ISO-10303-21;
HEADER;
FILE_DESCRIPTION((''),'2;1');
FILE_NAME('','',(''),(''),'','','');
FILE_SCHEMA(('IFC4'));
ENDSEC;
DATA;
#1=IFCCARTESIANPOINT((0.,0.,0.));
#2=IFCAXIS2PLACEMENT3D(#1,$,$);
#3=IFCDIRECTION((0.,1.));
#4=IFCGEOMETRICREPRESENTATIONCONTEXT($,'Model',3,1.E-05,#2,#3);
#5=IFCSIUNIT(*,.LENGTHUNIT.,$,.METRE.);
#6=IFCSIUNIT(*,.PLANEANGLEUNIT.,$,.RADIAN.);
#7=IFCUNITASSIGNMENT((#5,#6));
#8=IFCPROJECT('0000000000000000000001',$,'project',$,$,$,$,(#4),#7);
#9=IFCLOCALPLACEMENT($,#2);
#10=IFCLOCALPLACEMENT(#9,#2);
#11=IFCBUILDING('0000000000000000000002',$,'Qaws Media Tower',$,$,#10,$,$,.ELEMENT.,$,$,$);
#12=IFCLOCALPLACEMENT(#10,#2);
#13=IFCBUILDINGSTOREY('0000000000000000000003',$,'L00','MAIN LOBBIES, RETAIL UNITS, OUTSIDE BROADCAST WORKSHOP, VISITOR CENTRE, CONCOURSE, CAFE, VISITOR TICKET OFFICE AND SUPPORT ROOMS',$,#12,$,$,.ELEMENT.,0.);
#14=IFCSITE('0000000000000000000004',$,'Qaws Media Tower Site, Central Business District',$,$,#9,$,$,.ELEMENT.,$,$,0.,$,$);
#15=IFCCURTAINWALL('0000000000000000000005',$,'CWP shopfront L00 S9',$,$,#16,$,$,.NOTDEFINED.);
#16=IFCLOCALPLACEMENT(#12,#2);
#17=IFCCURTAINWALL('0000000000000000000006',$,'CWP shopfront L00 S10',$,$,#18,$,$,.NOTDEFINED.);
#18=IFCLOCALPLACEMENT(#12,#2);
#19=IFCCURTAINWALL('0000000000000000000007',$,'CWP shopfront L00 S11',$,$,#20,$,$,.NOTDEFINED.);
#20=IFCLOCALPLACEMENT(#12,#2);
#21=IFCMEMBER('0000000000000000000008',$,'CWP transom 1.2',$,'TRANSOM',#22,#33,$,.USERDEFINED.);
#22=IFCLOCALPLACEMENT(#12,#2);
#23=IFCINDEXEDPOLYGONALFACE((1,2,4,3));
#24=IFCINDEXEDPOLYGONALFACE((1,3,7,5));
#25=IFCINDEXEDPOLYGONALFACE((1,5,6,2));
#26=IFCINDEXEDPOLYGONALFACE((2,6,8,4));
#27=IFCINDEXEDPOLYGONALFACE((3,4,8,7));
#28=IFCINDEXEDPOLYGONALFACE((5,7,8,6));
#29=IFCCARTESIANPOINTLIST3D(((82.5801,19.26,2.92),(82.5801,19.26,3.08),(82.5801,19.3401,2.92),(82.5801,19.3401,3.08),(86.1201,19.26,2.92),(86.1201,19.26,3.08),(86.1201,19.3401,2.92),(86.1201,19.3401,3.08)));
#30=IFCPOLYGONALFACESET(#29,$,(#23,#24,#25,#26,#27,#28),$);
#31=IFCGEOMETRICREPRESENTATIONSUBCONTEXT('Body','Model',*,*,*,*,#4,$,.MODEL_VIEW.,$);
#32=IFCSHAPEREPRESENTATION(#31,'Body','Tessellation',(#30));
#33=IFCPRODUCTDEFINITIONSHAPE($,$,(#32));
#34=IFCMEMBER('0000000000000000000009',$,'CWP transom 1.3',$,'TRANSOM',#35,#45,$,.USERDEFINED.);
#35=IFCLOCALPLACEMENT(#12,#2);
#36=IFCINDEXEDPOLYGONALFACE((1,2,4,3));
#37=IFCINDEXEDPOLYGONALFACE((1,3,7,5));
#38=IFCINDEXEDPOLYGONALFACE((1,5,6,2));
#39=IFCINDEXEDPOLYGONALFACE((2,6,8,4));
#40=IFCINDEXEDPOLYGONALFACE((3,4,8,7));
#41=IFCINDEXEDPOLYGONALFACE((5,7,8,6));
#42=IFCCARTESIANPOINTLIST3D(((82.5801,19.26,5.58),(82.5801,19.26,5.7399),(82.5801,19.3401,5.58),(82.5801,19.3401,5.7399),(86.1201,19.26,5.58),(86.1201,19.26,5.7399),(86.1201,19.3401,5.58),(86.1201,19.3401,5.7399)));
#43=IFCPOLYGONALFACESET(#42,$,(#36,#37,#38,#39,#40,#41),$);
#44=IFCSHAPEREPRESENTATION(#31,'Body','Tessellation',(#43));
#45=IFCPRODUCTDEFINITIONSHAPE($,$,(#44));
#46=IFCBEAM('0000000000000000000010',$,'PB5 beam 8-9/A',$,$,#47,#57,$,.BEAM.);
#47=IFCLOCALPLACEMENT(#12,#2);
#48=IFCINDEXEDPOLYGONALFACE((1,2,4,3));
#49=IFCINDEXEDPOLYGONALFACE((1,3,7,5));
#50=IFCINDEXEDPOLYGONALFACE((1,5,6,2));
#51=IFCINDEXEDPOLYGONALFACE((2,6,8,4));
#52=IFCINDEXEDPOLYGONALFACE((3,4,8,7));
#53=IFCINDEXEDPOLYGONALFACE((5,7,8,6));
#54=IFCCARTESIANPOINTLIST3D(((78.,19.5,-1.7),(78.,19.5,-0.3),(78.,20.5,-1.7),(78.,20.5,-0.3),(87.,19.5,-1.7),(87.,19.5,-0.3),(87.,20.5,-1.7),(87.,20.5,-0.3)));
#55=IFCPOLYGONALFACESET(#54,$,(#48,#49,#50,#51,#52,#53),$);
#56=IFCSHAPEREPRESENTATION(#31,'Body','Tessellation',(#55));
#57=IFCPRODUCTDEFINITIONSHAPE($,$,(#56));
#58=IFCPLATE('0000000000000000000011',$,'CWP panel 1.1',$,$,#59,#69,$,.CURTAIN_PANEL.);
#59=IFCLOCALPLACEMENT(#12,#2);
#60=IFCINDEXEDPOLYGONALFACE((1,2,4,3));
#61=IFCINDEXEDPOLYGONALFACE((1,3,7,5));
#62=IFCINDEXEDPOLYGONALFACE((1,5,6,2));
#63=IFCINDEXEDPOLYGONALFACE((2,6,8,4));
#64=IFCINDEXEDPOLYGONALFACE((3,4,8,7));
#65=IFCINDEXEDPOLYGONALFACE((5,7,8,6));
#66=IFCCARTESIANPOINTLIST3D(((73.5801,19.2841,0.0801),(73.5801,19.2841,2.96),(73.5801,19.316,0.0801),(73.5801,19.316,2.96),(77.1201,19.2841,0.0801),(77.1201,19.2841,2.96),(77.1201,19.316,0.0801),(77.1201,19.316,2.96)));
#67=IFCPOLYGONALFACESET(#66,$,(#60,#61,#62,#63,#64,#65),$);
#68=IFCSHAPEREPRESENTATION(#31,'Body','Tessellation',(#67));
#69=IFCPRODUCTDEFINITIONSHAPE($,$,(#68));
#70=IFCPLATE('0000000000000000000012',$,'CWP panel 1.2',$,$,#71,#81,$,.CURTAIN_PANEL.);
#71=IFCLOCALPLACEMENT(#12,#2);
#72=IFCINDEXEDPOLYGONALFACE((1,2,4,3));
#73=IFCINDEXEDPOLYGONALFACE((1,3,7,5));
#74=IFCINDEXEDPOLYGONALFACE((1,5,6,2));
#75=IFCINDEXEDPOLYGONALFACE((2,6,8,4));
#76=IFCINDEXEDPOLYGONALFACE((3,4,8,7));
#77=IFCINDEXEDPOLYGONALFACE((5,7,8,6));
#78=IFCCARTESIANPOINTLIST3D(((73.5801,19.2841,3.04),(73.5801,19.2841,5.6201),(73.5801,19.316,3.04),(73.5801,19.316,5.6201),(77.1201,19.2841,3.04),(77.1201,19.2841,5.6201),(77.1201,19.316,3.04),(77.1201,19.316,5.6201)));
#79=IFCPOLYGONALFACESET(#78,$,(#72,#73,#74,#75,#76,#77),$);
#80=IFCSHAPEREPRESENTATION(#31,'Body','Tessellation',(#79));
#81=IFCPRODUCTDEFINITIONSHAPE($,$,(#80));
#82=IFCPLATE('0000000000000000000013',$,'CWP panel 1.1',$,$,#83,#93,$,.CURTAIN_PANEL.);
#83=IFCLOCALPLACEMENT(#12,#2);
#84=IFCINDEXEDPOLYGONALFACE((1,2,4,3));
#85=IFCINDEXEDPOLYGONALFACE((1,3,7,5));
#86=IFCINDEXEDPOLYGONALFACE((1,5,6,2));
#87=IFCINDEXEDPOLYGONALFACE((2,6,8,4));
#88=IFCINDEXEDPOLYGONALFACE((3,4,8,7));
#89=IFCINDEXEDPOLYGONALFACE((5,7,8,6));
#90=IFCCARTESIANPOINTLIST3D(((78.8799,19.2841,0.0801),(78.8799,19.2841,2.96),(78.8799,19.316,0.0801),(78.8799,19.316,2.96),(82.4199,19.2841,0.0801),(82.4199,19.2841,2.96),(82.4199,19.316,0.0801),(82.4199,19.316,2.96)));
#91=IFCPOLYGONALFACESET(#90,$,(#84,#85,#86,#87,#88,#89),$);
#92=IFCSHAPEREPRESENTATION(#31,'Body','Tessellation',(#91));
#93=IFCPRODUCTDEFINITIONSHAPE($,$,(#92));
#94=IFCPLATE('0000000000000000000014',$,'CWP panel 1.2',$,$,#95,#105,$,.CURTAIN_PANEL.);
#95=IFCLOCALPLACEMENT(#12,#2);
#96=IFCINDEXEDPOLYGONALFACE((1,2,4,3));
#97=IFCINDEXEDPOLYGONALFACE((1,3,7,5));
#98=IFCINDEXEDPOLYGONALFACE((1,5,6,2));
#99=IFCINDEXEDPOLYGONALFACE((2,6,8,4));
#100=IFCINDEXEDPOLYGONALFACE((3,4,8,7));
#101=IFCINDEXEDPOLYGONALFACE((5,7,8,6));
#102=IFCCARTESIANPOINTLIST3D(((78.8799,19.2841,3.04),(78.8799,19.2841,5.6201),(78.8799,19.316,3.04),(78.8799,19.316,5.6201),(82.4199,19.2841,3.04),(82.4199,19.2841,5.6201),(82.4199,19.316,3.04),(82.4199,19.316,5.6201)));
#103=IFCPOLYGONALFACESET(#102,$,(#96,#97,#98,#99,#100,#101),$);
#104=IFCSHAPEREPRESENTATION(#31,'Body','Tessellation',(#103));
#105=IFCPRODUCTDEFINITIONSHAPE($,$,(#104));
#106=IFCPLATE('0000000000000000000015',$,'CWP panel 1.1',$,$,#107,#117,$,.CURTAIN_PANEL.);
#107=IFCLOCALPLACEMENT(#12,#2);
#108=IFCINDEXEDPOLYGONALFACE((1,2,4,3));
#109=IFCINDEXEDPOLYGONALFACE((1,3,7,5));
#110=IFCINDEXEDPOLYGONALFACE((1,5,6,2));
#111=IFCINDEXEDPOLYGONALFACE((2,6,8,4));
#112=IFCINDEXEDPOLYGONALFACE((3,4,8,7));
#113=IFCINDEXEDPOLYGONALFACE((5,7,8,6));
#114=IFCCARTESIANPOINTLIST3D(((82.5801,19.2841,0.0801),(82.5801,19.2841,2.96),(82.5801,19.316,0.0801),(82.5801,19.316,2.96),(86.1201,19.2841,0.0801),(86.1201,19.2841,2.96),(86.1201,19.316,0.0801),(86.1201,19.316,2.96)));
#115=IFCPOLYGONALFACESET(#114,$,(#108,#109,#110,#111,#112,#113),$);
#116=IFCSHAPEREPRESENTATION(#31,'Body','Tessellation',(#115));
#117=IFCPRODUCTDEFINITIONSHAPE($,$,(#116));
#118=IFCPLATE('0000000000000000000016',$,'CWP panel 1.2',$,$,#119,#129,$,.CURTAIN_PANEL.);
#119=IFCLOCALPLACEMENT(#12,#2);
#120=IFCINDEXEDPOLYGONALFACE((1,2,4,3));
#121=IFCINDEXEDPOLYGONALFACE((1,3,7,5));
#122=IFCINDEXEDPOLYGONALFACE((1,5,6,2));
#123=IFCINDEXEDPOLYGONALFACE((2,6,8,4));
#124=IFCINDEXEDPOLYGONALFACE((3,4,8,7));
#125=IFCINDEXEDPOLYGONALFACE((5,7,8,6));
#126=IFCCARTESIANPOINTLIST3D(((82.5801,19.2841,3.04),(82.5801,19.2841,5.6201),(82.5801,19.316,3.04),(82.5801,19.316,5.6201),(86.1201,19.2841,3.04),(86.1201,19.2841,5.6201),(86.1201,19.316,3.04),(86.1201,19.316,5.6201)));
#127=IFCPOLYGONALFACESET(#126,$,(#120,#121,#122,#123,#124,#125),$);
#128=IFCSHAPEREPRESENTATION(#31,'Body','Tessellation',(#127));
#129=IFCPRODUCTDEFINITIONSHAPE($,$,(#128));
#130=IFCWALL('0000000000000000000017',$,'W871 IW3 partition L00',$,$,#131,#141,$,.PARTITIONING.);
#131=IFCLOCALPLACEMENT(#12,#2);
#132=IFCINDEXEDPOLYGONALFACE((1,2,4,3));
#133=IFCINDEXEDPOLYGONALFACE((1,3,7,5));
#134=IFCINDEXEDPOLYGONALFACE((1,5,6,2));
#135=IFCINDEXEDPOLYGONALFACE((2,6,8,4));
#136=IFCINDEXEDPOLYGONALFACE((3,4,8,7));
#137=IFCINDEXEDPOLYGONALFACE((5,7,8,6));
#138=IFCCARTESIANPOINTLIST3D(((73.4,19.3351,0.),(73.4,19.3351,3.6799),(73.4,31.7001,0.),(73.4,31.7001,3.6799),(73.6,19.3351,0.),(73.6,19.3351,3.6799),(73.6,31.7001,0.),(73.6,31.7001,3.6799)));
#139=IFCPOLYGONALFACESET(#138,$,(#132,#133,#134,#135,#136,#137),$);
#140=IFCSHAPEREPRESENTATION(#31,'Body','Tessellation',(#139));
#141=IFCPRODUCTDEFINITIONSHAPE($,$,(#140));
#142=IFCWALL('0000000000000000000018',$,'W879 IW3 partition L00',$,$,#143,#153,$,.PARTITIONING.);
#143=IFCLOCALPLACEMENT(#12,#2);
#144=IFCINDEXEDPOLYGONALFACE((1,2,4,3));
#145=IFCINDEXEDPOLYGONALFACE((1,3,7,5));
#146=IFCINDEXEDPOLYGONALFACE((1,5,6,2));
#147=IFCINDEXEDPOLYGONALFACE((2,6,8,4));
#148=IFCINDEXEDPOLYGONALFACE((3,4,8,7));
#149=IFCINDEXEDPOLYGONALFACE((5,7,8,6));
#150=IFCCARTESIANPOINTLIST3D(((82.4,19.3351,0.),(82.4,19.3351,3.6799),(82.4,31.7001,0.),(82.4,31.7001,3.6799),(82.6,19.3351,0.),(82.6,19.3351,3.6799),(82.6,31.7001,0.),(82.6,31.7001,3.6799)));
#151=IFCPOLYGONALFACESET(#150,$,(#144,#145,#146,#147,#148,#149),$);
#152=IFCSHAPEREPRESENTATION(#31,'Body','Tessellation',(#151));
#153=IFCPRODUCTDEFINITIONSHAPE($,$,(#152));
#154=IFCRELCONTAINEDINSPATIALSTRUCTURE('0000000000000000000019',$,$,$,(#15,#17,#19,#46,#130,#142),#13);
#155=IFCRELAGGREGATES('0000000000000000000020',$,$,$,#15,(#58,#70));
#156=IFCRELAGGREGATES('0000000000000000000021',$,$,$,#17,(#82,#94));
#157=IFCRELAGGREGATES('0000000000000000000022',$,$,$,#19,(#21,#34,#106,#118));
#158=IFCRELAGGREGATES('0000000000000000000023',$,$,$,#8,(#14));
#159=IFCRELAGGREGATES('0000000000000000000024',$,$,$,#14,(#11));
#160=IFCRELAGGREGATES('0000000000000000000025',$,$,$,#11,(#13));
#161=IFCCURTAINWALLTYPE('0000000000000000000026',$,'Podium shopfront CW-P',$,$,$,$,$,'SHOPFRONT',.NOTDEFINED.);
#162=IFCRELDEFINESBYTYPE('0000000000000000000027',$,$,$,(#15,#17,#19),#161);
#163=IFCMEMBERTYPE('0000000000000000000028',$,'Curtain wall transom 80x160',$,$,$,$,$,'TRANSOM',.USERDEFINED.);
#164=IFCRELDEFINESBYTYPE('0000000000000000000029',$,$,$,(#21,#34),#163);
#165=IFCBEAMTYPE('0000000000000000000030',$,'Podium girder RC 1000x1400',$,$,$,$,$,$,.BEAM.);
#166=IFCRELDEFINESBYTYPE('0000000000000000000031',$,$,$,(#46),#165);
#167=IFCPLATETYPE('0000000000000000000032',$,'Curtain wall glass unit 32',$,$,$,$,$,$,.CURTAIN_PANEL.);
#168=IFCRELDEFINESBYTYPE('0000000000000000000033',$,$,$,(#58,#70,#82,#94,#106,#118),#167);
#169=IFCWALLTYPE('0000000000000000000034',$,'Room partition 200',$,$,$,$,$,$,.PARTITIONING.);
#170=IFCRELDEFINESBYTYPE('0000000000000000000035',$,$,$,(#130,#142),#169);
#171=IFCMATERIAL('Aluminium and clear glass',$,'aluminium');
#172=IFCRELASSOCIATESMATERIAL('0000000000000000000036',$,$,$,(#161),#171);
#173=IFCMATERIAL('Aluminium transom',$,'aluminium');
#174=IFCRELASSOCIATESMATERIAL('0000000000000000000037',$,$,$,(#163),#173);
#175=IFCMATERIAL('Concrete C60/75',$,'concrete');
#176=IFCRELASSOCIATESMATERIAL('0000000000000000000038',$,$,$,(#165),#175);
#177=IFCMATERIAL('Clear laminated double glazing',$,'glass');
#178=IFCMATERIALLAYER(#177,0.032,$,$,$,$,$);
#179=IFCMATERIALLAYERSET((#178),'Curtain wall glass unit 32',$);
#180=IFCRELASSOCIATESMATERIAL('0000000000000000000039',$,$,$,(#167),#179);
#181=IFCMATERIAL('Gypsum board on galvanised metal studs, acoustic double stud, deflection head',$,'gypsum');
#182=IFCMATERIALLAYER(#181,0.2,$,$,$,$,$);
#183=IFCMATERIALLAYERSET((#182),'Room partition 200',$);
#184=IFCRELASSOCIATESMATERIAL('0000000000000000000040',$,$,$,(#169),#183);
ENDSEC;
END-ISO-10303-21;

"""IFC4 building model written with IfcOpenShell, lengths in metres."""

from ifc_helpers import new_model, si_unit, direction, frame, frame_2d, origin, origin_2d, place, context, subcontext, project, spatial, rectangle, extrude, material, layer, layer_set, material_profile, profile_set, type_object, element, aggregate, save


model = new_model("IFC4")

# Units and contexts
model_context = context("Model", 3, precision=1e-05, world=origin(), true_north=direction((0.0, 1.0)))
body_context = subcontext(model_context, "Body", "Model", "MODEL_VIEW")
ifc_project = project(units=[si_unit("LENGTHUNIT", "METRE"), si_unit("PLANEANGLEUNIT", "RADIAN")], contexts=[model_context])

# Site, building, storey
site_placement = place(None, origin())
site = spatial("IfcSite", under=ifc_project, at=site_placement, Name="Qaws Media Tower Site, Central Business District", CompositionType="ELEMENT", RefElevation=0.0)
building_placement = place(site_placement, origin())
building = spatial("IfcBuilding", under=site, at=building_placement, Name="Qaws Media Tower", CompositionType="ELEMENT")
storey_placement = place(building_placement, origin())
storey = spatial("IfcBuildingStorey", under=building, at=storey_placement, Name="L00", Description="MAIN LOBBIES, RETAIL UNITS, OUTSIDE BROADCAST WORKSHOP, VISITOR CENTRE, CONCOURSE, CAFE, VISITOR TICKET OFFICE AND SUPPORT ROOMS", CompositionType="ELEMENT", Elevation=0.0)

# Curtain walls
ifc_material_1 = material(Name="Aluminium and clear glass", Category="aluminium")
curtain_wall_type = type_object("IfcCurtainWallType", Name="Podium shopfront CW-P", ElementType="SHOPFRONT", PredefinedType="NOTDEFINED", material=ifc_material_1)
curtain_wall_1_placement = place(storey_placement, origin())
curtain_wall_1 = element("IfcCurtainWall", 1, at=curtain_wall_1_placement, inside=storey, type_object=curtain_wall_type, Name="CWP shopfront L00 S9", PredefinedType="NOTDEFINED")
curtain_wall_2_placement = place(storey_placement, origin())
curtain_wall_2 = element("IfcCurtainWall", 2, at=curtain_wall_2_placement, inside=storey, type_object=curtain_wall_type, Name="CWP shopfront L00 S10", PredefinedType="NOTDEFINED")
curtain_wall_3_placement = place(storey_placement, origin())
curtain_wall_3 = element("IfcCurtainWall", 3, at=curtain_wall_3_placement, inside=storey, type_object=curtain_wall_type, Name="CWP shopfront L00 S11", PredefinedType="NOTDEFINED")

# Members
ifc_material_2 = material(Name="Aluminium transom", Category="aluminium")
ifc_material_profile_1 = material_profile(ifc_material_2, rectangle(XDim=0.0801, YDim=0.1599, at=origin_2d()), Name="80x160")
ifc_profile_set_1 = profile_set([ifc_material_profile_1], Name="Aluminium transom")
member_type_1 = type_object("IfcMemberType", Name="Curtain wall transom 80x160", ElementType="TRANSOM", PredefinedType="USERDEFINED", material=ifc_profile_set_1)
member_1_placement = place(storey_placement, frame((82.5801, 19.3, 3.0), z_axis=(1.0, 0.0, 0.0), x_axis=(0.0, 1.0, 0.0)))
member_1 = element("IfcMember", 4, at=member_1_placement, type_object=member_type_1, Name="CWP transom 1.2", ObjectType="TRANSOM", PredefinedType="USERDEFINED", context=body_context, shape_type="SweptSolid", body=[
    extrude(rectangle(XDim=0.0801, YDim=0.1599, at=origin_2d()), origin(), (0.0, 0.0, 1.0), 3.54),
])
member_2_placement = place(storey_placement, frame((82.5801, 19.3, 5.6599), z_axis=(1.0, 0.0, 0.0), x_axis=(0.0, 1.0, 0.0)))
member_2 = element("IfcMember", 5, at=member_2_placement, type_object=member_type_1, Name="CWP transom 1.3", ObjectType="TRANSOM", PredefinedType="USERDEFINED", context=body_context, shape_type="SweptSolid", body=[
    extrude(rectangle(XDim=0.0801, YDim=0.1599, at=origin_2d()), origin(), (0.0, 0.0, 1.0), 3.54),
])

# Beam
ifc_material_3 = material(Name="Concrete C60/75", Category="concrete")
ifc_material_profile_2 = material_profile(ifc_material_3, rectangle(XDim=1.0, YDim=1.3999, at=origin_2d()), Name="RC 1000x1400")
ifc_profile_set_2 = profile_set([ifc_material_profile_2], Name="Concrete C60/75")
beam_type = type_object("IfcBeamType", Name="Podium girder RC 1000x1400", PredefinedType="BEAM", material=ifc_profile_set_2)
beam_placement = place(storey_placement, frame((78.0, 20.0, -1.0), z_axis=(1.0, 0.0, 0.0), x_axis=(0.0, 1.0, 0.0)))
element("IfcBeam", 6, at=beam_placement, inside=storey, type_object=beam_type, Name="PB5 beam 8-9/A", PredefinedType="BEAM", context=body_context, shape_type="SweptSolid", body=[
    extrude(rectangle(XDim=1.0, YDim=1.3999, at=origin_2d()), origin(), (0.0, 0.0, 1.0), 9.0),
])

# Plates
ifc_material_4 = material(Name="Clear laminated double glazing", Category="glass")
ifc_layer_1 = layer(ifc_material_4, 0.032)
ifc_layer_set_1 = layer_set([ifc_layer_1], Name="Curtain wall glass unit 32")
plate_type = type_object("IfcPlateType", Name="Curtain wall glass unit 32", PredefinedType="CURTAIN_PANEL", material=ifc_layer_set_1)
plate_1_placement = place(storey_placement, frame((75.3501, 19.3, 0.0801), z_axis=(0.0, 0.0, 1.0), x_axis=(1.0, 0.0, 0.0)))
plate_1 = element("IfcPlate", 7, at=plate_1_placement, type_object=plate_type, Name="CWP panel 1.1", PredefinedType="CURTAIN_PANEL", context=body_context, shape_type="SweptSolid", body=[
    extrude(rectangle(XDim=3.54, YDim=0.032, at=origin_2d()), origin(), (0.0, 0.0, 1.0), 2.8799),
])
plate_2_placement = place(storey_placement, frame((75.3501, 19.3, 3.04), z_axis=(0.0, 0.0, 1.0), x_axis=(1.0, 0.0, 0.0)))
plate_2 = element("IfcPlate", 8, at=plate_2_placement, type_object=plate_type, Name="CWP panel 1.2", PredefinedType="CURTAIN_PANEL", context=body_context, shape_type="SweptSolid", body=[
    extrude(rectangle(XDim=3.54, YDim=0.032, at=origin_2d()), origin(), (0.0, 0.0, 1.0), 2.5801),
])
aggregate(curtain_wall_1, [plate_1, plate_2])
plate_3_placement = place(storey_placement, frame((80.6499, 19.3, 0.0801), z_axis=(0.0, 0.0, 1.0), x_axis=(1.0, 0.0, 0.0)))
plate_3 = element("IfcPlate", 9, at=plate_3_placement, type_object=plate_type, Name="CWP panel 1.1", PredefinedType="CURTAIN_PANEL", context=body_context, shape_type="SweptSolid", body=[
    extrude(rectangle(XDim=3.54, YDim=0.032, at=origin_2d()), origin(), (0.0, 0.0, 1.0), 2.8799),
])
plate_4_placement = place(storey_placement, frame((80.6499, 19.3, 3.04), z_axis=(0.0, 0.0, 1.0), x_axis=(1.0, 0.0, 0.0)))
plate_4 = element("IfcPlate", 10, at=plate_4_placement, type_object=plate_type, Name="CWP panel 1.2", PredefinedType="CURTAIN_PANEL", context=body_context, shape_type="SweptSolid", body=[
    extrude(rectangle(XDim=3.54, YDim=0.032, at=origin_2d()), origin(), (0.0, 0.0, 1.0), 2.5801),
])
aggregate(curtain_wall_2, [plate_3, plate_4])
plate_5_placement = place(storey_placement, frame((84.3501, 19.3, 0.0801), z_axis=(0.0, 0.0, 1.0), x_axis=(1.0, 0.0, 0.0)))
plate_5 = element("IfcPlate", 11, at=plate_5_placement, type_object=plate_type, Name="CWP panel 1.1", PredefinedType="CURTAIN_PANEL", context=body_context, shape_type="SweptSolid", body=[
    extrude(rectangle(XDim=3.54, YDim=0.032, at=origin_2d()), origin(), (0.0, 0.0, 1.0), 2.8799),
])
plate_6_placement = place(storey_placement, frame((84.3501, 19.3, 3.04), z_axis=(0.0, 0.0, 1.0), x_axis=(1.0, 0.0, 0.0)))
plate_6 = element("IfcPlate", 12, at=plate_6_placement, type_object=plate_type, Name="CWP panel 1.2", PredefinedType="CURTAIN_PANEL", context=body_context, shape_type="SweptSolid", body=[
    extrude(rectangle(XDim=3.54, YDim=0.032, at=origin_2d()), origin(), (0.0, 0.0, 1.0), 2.5801),
])
aggregate(curtain_wall_3, [member_1, member_2, plate_5, plate_6])

# Walls
ifc_material_5 = material(Name="Gypsum board on galvanised metal studs, acoustic double stud, deflection head", Category="gypsum")
ifc_layer_2 = layer(ifc_material_5, 0.2)
ifc_layer_set_2 = layer_set([ifc_layer_2], Name="Room partition 200")
wall_type = type_object("IfcWallType", Name="Room partition 200", PredefinedType="PARTITIONING", material=ifc_layer_set_2)
for number, where, z_axis, x_axis, name in (
    (13, (73.5, 19.335, 0.0), (0.0, 0.0, 1.0), (0.0, 1.0, 0.0), "W871 IW3 partition L00"),
    (14, (82.5, 19.335, 0.0), (0.0, 0.0, 1.0), (0.0, 1.0, 0.0), "W879 IW3 partition L00"),
):
    element("IfcWall", number, at=place(storey_placement, frame(where, z_axis=z_axis, x_axis=x_axis)), inside=storey, type_object=wall_type, Name=name, PredefinedType="PARTITIONING", context=body_context, shape_type="SweptSolid", body=[
        extrude(rectangle(XDim=12.365, YDim=0.2, at=frame_2d((6.1826, 0.0))), origin(), (0.0, 0.0, 1.0), 3.6799),
    ])

save(model, "model.ifc")
